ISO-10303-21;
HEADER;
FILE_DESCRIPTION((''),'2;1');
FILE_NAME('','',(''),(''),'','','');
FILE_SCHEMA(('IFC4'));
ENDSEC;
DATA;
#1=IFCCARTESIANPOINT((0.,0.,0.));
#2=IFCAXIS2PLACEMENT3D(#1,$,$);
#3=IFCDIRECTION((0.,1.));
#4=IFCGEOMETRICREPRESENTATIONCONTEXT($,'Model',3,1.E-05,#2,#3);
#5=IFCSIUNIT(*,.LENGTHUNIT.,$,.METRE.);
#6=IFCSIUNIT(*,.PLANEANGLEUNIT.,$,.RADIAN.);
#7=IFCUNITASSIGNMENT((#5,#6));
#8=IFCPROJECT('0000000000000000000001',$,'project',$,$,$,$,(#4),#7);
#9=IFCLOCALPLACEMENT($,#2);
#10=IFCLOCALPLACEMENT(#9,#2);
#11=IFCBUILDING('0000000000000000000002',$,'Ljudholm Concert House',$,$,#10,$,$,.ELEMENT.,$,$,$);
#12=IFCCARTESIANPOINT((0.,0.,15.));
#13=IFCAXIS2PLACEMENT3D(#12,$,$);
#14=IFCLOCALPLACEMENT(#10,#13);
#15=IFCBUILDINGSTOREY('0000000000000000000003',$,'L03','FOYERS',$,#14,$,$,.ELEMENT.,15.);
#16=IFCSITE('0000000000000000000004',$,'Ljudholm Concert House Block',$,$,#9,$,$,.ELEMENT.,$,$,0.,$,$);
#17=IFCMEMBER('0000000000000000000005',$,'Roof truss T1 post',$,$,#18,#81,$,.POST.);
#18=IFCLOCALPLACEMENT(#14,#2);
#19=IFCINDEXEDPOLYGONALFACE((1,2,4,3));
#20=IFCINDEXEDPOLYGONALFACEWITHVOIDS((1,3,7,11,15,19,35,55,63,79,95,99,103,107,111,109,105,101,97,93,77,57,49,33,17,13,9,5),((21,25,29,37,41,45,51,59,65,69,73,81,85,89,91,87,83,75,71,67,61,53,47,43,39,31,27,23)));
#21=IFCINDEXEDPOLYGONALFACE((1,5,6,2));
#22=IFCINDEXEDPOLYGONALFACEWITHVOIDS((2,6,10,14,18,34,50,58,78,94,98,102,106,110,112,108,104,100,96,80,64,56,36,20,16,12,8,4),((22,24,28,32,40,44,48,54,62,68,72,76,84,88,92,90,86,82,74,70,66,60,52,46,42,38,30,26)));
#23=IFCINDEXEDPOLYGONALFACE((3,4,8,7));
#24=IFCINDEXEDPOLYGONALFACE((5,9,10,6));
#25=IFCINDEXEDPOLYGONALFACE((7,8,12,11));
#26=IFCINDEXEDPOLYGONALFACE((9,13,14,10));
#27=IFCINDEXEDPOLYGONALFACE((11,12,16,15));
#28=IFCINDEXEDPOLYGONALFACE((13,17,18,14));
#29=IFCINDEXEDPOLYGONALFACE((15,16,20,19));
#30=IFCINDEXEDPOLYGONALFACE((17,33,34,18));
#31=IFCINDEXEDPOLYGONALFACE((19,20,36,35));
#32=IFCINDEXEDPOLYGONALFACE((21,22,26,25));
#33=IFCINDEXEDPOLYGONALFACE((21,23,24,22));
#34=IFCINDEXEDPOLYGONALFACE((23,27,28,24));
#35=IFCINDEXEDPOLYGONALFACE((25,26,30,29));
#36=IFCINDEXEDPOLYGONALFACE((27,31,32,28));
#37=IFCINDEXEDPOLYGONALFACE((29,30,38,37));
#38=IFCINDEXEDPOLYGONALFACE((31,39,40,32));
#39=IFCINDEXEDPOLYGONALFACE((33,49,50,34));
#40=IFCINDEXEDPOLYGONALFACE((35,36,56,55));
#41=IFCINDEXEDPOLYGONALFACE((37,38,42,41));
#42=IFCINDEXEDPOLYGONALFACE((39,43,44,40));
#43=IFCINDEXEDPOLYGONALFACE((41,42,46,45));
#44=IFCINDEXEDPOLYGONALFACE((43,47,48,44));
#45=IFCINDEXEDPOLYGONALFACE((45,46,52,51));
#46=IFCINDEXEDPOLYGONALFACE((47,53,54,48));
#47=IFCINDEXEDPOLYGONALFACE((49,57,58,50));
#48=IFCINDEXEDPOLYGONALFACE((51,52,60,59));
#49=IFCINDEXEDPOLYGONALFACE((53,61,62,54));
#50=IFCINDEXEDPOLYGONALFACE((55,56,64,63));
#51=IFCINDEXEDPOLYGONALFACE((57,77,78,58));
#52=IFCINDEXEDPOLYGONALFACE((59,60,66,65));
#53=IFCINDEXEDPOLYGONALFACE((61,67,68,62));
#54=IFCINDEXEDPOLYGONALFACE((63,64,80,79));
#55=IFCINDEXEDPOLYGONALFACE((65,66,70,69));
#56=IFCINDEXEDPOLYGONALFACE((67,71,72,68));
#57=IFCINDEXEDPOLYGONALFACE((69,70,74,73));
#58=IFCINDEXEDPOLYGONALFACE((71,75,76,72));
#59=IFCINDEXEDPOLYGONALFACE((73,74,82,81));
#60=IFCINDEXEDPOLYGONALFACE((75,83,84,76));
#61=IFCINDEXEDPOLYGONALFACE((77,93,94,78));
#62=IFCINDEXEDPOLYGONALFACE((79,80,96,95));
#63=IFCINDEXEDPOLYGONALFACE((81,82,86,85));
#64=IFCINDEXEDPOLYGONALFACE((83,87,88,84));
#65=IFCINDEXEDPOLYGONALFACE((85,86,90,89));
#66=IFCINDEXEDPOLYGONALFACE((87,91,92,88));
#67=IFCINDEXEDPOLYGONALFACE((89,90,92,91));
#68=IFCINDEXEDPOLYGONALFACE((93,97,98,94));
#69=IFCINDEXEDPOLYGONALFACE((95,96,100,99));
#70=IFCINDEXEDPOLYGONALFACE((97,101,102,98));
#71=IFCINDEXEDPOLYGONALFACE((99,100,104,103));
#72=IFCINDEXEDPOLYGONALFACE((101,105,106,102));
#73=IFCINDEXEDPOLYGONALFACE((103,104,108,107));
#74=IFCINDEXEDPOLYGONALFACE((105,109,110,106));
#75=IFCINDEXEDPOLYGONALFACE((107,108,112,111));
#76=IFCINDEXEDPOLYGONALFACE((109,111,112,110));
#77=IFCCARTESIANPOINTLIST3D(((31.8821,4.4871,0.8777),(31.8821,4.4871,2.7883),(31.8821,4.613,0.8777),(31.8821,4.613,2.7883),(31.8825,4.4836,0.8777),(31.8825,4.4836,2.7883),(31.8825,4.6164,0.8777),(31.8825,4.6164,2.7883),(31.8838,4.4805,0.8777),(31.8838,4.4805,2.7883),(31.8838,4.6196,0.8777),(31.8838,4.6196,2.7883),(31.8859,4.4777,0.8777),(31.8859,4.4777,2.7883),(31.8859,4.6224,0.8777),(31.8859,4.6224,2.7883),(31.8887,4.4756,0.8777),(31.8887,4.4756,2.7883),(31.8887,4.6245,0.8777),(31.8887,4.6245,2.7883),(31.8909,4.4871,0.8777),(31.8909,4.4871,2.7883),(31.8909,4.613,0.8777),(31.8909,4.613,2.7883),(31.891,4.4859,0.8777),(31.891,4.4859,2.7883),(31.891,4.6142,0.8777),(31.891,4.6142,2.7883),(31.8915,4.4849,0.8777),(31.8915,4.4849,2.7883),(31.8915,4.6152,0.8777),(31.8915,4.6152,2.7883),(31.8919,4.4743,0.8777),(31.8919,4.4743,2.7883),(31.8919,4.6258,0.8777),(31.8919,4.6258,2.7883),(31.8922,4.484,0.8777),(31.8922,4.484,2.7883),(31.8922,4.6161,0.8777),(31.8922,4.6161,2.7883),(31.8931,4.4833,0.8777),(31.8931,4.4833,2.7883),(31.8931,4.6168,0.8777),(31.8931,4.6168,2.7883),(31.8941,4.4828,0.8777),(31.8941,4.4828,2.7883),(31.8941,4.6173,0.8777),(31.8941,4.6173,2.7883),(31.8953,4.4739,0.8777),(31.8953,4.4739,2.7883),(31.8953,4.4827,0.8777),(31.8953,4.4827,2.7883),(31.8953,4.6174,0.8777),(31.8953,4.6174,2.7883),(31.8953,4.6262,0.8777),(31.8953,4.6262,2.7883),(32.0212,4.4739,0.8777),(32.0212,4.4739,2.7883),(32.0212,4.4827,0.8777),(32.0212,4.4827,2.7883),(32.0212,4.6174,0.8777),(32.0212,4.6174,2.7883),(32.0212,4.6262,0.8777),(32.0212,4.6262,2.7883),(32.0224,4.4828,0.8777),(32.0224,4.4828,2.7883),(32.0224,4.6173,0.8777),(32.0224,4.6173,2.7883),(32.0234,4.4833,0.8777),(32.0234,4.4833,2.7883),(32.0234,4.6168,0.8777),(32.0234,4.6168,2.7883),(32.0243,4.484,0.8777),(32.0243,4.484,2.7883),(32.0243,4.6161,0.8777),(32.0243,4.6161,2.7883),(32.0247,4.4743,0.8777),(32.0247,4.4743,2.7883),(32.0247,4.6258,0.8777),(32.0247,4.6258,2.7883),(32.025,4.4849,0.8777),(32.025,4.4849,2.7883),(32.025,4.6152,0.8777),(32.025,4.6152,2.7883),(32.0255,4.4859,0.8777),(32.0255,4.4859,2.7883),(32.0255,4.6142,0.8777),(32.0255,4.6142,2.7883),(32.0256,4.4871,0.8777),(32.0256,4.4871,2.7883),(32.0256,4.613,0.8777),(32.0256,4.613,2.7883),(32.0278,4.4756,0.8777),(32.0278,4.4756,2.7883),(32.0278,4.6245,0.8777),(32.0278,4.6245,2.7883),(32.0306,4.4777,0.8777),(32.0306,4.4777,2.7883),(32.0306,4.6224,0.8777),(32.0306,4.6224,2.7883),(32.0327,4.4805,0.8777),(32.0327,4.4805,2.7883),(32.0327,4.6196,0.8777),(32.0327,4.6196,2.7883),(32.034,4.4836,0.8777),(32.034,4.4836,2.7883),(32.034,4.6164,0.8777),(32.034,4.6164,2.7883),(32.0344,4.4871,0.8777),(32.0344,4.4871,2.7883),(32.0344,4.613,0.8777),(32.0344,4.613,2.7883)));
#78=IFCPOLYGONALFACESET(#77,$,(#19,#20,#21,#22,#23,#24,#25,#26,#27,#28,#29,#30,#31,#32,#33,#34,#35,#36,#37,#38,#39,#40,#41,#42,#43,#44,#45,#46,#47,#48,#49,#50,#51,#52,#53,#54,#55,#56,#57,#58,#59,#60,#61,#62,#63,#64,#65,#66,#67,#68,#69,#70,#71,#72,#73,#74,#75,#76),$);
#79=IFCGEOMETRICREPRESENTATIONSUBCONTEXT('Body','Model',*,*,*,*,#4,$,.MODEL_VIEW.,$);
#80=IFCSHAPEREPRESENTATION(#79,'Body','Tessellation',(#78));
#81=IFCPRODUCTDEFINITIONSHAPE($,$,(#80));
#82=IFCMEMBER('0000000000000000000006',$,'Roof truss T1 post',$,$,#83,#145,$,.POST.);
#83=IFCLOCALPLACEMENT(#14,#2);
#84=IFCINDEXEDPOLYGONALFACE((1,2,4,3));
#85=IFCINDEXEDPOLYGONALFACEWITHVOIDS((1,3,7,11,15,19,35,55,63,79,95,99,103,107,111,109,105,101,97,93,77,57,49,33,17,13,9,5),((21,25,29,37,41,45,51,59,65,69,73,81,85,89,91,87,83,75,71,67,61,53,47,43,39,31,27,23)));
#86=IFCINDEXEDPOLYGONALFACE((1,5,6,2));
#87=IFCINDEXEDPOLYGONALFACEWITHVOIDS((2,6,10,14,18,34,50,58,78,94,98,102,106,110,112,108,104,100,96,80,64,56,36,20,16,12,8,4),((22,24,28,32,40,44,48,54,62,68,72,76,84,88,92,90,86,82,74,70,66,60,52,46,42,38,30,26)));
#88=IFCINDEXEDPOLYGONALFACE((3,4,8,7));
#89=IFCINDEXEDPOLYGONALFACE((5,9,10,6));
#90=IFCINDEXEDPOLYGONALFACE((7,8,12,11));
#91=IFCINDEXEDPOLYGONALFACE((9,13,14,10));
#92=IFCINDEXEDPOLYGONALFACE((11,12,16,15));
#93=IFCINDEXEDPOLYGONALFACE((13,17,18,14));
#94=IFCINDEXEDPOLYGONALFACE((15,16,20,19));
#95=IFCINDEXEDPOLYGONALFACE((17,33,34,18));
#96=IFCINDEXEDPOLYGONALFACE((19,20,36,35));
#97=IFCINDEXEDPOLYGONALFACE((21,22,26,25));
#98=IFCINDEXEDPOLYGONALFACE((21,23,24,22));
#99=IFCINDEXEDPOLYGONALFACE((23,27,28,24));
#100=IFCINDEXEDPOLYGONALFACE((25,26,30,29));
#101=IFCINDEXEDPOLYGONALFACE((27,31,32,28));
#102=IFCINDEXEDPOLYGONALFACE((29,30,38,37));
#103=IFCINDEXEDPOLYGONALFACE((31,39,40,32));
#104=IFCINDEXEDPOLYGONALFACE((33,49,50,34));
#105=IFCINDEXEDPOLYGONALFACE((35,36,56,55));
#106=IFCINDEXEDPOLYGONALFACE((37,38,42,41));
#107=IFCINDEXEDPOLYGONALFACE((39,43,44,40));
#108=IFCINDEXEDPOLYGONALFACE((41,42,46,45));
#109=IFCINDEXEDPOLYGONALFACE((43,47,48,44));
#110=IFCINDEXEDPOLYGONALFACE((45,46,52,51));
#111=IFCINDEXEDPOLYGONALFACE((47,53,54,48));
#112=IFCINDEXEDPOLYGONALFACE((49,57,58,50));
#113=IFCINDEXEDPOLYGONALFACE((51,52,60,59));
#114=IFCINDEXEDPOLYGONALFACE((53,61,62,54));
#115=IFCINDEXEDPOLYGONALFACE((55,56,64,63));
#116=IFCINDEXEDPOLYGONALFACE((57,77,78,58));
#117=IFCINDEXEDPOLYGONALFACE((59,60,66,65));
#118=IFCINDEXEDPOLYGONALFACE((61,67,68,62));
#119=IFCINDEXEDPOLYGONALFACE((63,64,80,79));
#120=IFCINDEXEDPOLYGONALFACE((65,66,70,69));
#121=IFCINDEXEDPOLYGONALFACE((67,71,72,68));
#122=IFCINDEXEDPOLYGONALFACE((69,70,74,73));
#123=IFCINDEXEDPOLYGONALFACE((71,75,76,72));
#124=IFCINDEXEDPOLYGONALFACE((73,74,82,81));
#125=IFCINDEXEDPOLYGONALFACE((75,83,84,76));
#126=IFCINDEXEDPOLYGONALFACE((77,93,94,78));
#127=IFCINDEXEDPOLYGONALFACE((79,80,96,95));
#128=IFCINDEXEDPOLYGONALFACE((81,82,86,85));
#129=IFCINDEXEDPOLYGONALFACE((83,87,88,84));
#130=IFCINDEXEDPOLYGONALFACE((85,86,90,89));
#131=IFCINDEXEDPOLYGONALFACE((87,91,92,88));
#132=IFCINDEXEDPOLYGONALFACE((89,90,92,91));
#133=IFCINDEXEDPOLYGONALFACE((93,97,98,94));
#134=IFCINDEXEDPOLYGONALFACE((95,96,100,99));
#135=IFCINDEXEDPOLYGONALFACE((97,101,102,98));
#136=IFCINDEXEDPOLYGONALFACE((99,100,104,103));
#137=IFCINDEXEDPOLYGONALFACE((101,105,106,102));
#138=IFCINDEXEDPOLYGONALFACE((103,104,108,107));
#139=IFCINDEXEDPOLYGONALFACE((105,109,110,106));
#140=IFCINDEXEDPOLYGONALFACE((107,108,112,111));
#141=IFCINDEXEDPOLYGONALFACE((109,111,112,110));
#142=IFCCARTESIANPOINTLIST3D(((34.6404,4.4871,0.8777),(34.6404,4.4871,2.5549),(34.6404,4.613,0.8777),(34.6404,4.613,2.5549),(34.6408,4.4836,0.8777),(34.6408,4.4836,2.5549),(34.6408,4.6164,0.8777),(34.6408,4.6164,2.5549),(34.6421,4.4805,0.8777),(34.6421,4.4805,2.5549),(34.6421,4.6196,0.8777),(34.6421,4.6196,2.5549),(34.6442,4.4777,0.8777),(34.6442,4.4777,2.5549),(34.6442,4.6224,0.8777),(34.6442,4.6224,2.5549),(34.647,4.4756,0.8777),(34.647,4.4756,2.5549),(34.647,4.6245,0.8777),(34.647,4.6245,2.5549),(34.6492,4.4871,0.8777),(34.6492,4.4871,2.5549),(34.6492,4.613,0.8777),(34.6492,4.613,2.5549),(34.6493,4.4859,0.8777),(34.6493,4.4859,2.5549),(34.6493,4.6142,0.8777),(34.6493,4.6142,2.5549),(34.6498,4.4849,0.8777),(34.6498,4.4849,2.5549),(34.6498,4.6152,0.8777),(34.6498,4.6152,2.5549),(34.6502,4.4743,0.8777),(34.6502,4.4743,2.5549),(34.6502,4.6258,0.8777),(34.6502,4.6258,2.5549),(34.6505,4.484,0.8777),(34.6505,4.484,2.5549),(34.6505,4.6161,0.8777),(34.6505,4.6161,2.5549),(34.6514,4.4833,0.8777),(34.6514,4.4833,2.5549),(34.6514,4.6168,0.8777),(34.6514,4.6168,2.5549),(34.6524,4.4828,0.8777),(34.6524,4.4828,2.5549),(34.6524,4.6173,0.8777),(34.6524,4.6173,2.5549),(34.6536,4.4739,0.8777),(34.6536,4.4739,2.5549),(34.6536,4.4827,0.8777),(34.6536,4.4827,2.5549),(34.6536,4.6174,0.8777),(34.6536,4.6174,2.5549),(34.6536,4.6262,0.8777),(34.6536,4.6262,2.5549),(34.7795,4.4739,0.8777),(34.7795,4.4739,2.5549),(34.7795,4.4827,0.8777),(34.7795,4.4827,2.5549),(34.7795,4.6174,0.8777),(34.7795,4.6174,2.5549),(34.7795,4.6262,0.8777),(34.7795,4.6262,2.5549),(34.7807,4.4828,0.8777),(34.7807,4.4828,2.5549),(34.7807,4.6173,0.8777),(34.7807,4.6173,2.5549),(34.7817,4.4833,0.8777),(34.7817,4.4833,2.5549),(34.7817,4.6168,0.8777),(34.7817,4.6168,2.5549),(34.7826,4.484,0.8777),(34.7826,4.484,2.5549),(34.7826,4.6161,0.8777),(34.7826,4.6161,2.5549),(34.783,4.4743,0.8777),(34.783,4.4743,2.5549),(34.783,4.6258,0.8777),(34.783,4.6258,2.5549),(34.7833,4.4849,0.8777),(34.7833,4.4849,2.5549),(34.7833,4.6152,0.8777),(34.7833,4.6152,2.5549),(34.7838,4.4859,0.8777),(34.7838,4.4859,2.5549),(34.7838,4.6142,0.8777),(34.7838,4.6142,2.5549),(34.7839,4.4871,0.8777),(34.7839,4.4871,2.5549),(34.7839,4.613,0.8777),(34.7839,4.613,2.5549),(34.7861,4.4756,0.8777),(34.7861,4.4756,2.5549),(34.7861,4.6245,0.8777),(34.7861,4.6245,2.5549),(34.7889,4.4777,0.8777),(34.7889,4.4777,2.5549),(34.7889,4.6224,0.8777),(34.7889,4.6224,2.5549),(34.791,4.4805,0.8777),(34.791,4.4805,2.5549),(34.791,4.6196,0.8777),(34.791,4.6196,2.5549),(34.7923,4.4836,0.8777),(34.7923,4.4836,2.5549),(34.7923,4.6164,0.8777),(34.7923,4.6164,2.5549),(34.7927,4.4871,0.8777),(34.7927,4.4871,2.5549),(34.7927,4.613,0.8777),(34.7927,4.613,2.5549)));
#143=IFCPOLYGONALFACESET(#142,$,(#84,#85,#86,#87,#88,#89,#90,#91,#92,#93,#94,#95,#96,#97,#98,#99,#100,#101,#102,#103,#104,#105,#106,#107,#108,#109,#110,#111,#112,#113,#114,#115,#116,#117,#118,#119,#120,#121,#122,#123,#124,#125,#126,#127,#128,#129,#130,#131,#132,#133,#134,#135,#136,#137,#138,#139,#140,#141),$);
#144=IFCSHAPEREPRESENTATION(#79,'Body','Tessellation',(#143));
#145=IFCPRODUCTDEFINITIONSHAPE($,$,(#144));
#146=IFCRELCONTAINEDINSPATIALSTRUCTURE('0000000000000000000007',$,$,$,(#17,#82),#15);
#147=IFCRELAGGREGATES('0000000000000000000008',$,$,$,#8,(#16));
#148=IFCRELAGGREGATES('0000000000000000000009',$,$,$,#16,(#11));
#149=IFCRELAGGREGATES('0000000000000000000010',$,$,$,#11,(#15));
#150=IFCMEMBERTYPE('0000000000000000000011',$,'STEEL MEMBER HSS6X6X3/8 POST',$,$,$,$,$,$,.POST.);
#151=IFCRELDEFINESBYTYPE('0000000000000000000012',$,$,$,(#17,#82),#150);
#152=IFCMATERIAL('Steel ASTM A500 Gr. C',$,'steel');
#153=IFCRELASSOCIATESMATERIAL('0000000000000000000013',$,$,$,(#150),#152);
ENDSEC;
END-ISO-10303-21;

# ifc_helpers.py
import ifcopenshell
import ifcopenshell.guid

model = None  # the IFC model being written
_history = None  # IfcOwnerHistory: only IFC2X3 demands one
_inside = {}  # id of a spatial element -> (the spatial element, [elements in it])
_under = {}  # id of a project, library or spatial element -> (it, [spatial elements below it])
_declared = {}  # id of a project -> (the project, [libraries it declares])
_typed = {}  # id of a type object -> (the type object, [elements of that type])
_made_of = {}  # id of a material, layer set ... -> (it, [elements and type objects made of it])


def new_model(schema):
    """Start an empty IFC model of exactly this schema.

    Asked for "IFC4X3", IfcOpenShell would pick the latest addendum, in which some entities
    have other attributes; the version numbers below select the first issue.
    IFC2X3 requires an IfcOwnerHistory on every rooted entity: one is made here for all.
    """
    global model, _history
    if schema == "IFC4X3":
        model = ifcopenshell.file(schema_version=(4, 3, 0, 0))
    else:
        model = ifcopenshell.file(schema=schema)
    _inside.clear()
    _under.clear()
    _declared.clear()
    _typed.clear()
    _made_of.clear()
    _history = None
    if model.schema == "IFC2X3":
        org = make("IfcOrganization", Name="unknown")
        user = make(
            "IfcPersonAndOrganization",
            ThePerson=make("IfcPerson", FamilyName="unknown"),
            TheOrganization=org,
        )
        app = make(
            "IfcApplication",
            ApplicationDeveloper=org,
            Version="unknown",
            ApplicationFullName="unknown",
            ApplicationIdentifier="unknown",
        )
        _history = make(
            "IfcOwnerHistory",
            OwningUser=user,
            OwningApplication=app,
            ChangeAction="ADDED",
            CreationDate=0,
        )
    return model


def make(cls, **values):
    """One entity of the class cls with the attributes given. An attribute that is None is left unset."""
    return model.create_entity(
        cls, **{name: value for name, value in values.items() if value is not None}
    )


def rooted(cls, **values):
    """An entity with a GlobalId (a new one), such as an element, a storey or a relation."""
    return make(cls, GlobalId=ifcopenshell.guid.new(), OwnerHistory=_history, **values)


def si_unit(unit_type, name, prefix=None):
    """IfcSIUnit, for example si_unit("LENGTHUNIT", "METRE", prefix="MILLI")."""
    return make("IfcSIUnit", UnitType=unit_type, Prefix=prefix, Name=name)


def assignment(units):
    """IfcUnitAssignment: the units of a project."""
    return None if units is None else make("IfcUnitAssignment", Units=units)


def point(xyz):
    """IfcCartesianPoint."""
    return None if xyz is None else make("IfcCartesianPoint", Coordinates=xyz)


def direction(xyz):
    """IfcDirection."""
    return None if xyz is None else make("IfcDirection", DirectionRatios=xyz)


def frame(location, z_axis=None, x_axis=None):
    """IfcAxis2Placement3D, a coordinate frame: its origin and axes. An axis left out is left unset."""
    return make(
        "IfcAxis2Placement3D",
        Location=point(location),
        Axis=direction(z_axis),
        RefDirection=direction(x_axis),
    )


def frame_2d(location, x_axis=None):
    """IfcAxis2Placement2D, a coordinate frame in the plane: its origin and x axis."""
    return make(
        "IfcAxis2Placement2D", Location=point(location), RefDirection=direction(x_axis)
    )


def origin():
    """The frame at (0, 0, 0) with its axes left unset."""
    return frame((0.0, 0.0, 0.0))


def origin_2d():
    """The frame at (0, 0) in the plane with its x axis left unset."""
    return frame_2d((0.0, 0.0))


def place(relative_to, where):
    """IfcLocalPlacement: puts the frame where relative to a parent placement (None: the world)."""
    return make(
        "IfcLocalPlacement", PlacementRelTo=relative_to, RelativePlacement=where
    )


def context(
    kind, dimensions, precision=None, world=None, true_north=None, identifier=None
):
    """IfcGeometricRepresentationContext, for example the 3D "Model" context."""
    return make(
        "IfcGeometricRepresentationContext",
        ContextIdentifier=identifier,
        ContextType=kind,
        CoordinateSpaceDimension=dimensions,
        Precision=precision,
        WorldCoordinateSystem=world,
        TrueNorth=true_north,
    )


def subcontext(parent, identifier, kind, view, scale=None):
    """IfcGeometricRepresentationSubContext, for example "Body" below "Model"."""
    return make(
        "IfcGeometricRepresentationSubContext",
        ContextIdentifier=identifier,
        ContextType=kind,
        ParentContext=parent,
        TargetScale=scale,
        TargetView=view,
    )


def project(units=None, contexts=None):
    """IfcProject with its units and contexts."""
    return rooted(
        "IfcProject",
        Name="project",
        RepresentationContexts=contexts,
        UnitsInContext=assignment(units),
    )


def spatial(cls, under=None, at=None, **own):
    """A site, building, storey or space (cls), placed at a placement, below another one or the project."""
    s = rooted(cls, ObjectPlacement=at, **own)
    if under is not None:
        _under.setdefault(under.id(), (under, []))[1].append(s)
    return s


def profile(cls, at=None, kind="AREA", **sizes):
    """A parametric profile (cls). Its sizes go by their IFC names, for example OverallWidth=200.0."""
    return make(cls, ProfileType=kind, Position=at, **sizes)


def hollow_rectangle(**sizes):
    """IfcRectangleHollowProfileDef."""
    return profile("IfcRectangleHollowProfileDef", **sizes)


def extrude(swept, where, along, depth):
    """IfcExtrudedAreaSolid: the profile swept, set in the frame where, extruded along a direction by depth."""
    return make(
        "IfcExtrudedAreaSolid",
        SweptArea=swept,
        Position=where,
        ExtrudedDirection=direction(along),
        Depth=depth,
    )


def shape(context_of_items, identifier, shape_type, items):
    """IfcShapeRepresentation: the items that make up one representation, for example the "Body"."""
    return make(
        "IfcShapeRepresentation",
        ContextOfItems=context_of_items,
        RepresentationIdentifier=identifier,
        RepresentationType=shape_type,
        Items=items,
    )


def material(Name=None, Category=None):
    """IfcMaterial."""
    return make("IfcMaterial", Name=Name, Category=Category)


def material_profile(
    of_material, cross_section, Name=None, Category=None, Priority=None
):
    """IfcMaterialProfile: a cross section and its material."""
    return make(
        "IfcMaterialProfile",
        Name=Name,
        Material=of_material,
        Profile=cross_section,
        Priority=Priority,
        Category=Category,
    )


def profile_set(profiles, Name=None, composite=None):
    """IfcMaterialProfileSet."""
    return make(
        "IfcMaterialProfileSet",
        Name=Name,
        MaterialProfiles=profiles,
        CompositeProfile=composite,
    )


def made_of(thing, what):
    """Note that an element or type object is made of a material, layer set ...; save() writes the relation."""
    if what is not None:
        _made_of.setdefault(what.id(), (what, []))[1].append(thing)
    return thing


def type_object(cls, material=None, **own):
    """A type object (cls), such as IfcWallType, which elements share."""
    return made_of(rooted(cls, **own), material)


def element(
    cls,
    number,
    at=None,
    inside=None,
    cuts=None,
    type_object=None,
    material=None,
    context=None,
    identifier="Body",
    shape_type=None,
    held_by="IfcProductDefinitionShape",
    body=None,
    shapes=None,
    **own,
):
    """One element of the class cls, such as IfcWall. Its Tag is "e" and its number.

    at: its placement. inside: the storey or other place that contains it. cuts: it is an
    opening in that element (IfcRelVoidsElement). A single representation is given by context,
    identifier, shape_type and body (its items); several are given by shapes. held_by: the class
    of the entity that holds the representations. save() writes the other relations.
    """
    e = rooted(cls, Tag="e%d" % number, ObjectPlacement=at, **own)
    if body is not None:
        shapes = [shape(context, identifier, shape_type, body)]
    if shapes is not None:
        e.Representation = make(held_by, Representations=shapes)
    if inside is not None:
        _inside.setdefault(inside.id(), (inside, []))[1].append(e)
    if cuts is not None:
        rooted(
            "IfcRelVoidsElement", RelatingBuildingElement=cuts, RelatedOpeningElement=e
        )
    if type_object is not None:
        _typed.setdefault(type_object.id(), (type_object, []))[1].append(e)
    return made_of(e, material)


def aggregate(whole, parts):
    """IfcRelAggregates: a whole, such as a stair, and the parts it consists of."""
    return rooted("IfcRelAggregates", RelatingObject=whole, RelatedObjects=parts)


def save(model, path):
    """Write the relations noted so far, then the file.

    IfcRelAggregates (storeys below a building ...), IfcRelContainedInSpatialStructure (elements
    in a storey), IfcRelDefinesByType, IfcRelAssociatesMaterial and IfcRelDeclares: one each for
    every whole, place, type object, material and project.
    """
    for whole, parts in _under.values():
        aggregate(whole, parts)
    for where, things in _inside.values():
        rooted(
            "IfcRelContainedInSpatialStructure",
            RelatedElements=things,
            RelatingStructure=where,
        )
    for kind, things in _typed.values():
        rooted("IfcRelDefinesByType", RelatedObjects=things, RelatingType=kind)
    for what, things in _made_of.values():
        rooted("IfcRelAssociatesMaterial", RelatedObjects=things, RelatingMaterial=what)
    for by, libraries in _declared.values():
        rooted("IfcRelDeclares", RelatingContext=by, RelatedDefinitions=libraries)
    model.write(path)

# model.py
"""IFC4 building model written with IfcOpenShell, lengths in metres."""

from ifc_helpers import new_model, si_unit, direction, frame, origin, origin_2d, place, context, subcontext, project, spatial, hollow_rectangle, extrude, material, material_profile, profile_set, type_object, element, save


model = new_model("IFC4")

# Units and contexts
model_context = context("Model", 3, precision=1e-05, world=origin(), true_north=direction((0.0, 1.0)))
body_context = subcontext(model_context, "Body", "Model", "MODEL_VIEW")
ifc_project = project(units=[si_unit("LENGTHUNIT", "METRE"), si_unit("PLANEANGLEUNIT", "RADIAN")], contexts=[model_context])

# Site, building, storey
site_placement = place(None, origin())
site = spatial("IfcSite", under=ifc_project, at=site_placement, Name="Ljudholm Concert House Block", CompositionType="ELEMENT", RefElevation=0.0)
building_placement = place(site_placement, origin())
building = spatial("IfcBuilding", under=site, at=building_placement, Name="Ljudholm Concert House", CompositionType="ELEMENT")
storey_placement = place(building_placement, frame((0.0, 0.0, 15.0)))
storey = spatial("IfcBuildingStorey", under=building, at=storey_placement, Name="L03", Description="FOYERS", CompositionType="ELEMENT", Elevation=15.0)

# Members
ifc_material_1 = material(Name="Steel ASTM A500 Gr. C", Category="steel")
ifc_material_profile_1 = material_profile(ifc_material_1, hollow_rectangle(XDim=0.1523, YDim=0.1523, WallThickness=0.0088, InnerFilletRadius=0.0044, OuterFilletRadius=0.0132, at=origin_2d()), Name="HSS6X6X3/8")
ifc_profile_set_1 = profile_set([ifc_material_profile_1], Name="Steel ASTM A500 Gr. C")
member_type_1 = type_object("IfcMemberType", Name="STEEL MEMBER HSS6X6X3/8 POST", PredefinedType="POST", material=ifc_profile_set_1)
member_1_placement = place(storey_placement, frame((31.9583, 4.55, 0.8777), z_axis=(0.0, 0.0, 1.0), x_axis=(1.0, 0.0, 0.0)))
element("IfcMember", 1, at=member_1_placement, inside=storey, type_object=member_type_1, Name="Roof truss T1 post", PredefinedType="POST", context=body_context, shape_type="SweptSolid", body=[
    extrude(hollow_rectangle(XDim=0.1523, YDim=0.1523, WallThickness=0.0088, InnerFilletRadius=0.0044, OuterFilletRadius=0.0132, at=origin_2d()), origin(), (0.0, 0.0, 1.0), 1.9106),
])
member_2_placement = place(storey_placement, frame((34.7166, 4.55, 0.8777), z_axis=(0.0, 0.0, 1.0), x_axis=(1.0, 0.0, 0.0)))
element("IfcMember", 2, at=member_2_placement, inside=storey, type_object=member_type_1, Name="Roof truss T1 post", PredefinedType="POST", context=body_context, shape_type="SweptSolid", body=[
    extrude(hollow_rectangle(XDim=0.1523, YDim=0.1523, WallThickness=0.0088, InnerFilletRadius=0.0044, OuterFilletRadius=0.0132, at=origin_2d()), origin(), (0.0, 0.0, 1.0), 1.6772),
])

save(model, "model.ifc")
